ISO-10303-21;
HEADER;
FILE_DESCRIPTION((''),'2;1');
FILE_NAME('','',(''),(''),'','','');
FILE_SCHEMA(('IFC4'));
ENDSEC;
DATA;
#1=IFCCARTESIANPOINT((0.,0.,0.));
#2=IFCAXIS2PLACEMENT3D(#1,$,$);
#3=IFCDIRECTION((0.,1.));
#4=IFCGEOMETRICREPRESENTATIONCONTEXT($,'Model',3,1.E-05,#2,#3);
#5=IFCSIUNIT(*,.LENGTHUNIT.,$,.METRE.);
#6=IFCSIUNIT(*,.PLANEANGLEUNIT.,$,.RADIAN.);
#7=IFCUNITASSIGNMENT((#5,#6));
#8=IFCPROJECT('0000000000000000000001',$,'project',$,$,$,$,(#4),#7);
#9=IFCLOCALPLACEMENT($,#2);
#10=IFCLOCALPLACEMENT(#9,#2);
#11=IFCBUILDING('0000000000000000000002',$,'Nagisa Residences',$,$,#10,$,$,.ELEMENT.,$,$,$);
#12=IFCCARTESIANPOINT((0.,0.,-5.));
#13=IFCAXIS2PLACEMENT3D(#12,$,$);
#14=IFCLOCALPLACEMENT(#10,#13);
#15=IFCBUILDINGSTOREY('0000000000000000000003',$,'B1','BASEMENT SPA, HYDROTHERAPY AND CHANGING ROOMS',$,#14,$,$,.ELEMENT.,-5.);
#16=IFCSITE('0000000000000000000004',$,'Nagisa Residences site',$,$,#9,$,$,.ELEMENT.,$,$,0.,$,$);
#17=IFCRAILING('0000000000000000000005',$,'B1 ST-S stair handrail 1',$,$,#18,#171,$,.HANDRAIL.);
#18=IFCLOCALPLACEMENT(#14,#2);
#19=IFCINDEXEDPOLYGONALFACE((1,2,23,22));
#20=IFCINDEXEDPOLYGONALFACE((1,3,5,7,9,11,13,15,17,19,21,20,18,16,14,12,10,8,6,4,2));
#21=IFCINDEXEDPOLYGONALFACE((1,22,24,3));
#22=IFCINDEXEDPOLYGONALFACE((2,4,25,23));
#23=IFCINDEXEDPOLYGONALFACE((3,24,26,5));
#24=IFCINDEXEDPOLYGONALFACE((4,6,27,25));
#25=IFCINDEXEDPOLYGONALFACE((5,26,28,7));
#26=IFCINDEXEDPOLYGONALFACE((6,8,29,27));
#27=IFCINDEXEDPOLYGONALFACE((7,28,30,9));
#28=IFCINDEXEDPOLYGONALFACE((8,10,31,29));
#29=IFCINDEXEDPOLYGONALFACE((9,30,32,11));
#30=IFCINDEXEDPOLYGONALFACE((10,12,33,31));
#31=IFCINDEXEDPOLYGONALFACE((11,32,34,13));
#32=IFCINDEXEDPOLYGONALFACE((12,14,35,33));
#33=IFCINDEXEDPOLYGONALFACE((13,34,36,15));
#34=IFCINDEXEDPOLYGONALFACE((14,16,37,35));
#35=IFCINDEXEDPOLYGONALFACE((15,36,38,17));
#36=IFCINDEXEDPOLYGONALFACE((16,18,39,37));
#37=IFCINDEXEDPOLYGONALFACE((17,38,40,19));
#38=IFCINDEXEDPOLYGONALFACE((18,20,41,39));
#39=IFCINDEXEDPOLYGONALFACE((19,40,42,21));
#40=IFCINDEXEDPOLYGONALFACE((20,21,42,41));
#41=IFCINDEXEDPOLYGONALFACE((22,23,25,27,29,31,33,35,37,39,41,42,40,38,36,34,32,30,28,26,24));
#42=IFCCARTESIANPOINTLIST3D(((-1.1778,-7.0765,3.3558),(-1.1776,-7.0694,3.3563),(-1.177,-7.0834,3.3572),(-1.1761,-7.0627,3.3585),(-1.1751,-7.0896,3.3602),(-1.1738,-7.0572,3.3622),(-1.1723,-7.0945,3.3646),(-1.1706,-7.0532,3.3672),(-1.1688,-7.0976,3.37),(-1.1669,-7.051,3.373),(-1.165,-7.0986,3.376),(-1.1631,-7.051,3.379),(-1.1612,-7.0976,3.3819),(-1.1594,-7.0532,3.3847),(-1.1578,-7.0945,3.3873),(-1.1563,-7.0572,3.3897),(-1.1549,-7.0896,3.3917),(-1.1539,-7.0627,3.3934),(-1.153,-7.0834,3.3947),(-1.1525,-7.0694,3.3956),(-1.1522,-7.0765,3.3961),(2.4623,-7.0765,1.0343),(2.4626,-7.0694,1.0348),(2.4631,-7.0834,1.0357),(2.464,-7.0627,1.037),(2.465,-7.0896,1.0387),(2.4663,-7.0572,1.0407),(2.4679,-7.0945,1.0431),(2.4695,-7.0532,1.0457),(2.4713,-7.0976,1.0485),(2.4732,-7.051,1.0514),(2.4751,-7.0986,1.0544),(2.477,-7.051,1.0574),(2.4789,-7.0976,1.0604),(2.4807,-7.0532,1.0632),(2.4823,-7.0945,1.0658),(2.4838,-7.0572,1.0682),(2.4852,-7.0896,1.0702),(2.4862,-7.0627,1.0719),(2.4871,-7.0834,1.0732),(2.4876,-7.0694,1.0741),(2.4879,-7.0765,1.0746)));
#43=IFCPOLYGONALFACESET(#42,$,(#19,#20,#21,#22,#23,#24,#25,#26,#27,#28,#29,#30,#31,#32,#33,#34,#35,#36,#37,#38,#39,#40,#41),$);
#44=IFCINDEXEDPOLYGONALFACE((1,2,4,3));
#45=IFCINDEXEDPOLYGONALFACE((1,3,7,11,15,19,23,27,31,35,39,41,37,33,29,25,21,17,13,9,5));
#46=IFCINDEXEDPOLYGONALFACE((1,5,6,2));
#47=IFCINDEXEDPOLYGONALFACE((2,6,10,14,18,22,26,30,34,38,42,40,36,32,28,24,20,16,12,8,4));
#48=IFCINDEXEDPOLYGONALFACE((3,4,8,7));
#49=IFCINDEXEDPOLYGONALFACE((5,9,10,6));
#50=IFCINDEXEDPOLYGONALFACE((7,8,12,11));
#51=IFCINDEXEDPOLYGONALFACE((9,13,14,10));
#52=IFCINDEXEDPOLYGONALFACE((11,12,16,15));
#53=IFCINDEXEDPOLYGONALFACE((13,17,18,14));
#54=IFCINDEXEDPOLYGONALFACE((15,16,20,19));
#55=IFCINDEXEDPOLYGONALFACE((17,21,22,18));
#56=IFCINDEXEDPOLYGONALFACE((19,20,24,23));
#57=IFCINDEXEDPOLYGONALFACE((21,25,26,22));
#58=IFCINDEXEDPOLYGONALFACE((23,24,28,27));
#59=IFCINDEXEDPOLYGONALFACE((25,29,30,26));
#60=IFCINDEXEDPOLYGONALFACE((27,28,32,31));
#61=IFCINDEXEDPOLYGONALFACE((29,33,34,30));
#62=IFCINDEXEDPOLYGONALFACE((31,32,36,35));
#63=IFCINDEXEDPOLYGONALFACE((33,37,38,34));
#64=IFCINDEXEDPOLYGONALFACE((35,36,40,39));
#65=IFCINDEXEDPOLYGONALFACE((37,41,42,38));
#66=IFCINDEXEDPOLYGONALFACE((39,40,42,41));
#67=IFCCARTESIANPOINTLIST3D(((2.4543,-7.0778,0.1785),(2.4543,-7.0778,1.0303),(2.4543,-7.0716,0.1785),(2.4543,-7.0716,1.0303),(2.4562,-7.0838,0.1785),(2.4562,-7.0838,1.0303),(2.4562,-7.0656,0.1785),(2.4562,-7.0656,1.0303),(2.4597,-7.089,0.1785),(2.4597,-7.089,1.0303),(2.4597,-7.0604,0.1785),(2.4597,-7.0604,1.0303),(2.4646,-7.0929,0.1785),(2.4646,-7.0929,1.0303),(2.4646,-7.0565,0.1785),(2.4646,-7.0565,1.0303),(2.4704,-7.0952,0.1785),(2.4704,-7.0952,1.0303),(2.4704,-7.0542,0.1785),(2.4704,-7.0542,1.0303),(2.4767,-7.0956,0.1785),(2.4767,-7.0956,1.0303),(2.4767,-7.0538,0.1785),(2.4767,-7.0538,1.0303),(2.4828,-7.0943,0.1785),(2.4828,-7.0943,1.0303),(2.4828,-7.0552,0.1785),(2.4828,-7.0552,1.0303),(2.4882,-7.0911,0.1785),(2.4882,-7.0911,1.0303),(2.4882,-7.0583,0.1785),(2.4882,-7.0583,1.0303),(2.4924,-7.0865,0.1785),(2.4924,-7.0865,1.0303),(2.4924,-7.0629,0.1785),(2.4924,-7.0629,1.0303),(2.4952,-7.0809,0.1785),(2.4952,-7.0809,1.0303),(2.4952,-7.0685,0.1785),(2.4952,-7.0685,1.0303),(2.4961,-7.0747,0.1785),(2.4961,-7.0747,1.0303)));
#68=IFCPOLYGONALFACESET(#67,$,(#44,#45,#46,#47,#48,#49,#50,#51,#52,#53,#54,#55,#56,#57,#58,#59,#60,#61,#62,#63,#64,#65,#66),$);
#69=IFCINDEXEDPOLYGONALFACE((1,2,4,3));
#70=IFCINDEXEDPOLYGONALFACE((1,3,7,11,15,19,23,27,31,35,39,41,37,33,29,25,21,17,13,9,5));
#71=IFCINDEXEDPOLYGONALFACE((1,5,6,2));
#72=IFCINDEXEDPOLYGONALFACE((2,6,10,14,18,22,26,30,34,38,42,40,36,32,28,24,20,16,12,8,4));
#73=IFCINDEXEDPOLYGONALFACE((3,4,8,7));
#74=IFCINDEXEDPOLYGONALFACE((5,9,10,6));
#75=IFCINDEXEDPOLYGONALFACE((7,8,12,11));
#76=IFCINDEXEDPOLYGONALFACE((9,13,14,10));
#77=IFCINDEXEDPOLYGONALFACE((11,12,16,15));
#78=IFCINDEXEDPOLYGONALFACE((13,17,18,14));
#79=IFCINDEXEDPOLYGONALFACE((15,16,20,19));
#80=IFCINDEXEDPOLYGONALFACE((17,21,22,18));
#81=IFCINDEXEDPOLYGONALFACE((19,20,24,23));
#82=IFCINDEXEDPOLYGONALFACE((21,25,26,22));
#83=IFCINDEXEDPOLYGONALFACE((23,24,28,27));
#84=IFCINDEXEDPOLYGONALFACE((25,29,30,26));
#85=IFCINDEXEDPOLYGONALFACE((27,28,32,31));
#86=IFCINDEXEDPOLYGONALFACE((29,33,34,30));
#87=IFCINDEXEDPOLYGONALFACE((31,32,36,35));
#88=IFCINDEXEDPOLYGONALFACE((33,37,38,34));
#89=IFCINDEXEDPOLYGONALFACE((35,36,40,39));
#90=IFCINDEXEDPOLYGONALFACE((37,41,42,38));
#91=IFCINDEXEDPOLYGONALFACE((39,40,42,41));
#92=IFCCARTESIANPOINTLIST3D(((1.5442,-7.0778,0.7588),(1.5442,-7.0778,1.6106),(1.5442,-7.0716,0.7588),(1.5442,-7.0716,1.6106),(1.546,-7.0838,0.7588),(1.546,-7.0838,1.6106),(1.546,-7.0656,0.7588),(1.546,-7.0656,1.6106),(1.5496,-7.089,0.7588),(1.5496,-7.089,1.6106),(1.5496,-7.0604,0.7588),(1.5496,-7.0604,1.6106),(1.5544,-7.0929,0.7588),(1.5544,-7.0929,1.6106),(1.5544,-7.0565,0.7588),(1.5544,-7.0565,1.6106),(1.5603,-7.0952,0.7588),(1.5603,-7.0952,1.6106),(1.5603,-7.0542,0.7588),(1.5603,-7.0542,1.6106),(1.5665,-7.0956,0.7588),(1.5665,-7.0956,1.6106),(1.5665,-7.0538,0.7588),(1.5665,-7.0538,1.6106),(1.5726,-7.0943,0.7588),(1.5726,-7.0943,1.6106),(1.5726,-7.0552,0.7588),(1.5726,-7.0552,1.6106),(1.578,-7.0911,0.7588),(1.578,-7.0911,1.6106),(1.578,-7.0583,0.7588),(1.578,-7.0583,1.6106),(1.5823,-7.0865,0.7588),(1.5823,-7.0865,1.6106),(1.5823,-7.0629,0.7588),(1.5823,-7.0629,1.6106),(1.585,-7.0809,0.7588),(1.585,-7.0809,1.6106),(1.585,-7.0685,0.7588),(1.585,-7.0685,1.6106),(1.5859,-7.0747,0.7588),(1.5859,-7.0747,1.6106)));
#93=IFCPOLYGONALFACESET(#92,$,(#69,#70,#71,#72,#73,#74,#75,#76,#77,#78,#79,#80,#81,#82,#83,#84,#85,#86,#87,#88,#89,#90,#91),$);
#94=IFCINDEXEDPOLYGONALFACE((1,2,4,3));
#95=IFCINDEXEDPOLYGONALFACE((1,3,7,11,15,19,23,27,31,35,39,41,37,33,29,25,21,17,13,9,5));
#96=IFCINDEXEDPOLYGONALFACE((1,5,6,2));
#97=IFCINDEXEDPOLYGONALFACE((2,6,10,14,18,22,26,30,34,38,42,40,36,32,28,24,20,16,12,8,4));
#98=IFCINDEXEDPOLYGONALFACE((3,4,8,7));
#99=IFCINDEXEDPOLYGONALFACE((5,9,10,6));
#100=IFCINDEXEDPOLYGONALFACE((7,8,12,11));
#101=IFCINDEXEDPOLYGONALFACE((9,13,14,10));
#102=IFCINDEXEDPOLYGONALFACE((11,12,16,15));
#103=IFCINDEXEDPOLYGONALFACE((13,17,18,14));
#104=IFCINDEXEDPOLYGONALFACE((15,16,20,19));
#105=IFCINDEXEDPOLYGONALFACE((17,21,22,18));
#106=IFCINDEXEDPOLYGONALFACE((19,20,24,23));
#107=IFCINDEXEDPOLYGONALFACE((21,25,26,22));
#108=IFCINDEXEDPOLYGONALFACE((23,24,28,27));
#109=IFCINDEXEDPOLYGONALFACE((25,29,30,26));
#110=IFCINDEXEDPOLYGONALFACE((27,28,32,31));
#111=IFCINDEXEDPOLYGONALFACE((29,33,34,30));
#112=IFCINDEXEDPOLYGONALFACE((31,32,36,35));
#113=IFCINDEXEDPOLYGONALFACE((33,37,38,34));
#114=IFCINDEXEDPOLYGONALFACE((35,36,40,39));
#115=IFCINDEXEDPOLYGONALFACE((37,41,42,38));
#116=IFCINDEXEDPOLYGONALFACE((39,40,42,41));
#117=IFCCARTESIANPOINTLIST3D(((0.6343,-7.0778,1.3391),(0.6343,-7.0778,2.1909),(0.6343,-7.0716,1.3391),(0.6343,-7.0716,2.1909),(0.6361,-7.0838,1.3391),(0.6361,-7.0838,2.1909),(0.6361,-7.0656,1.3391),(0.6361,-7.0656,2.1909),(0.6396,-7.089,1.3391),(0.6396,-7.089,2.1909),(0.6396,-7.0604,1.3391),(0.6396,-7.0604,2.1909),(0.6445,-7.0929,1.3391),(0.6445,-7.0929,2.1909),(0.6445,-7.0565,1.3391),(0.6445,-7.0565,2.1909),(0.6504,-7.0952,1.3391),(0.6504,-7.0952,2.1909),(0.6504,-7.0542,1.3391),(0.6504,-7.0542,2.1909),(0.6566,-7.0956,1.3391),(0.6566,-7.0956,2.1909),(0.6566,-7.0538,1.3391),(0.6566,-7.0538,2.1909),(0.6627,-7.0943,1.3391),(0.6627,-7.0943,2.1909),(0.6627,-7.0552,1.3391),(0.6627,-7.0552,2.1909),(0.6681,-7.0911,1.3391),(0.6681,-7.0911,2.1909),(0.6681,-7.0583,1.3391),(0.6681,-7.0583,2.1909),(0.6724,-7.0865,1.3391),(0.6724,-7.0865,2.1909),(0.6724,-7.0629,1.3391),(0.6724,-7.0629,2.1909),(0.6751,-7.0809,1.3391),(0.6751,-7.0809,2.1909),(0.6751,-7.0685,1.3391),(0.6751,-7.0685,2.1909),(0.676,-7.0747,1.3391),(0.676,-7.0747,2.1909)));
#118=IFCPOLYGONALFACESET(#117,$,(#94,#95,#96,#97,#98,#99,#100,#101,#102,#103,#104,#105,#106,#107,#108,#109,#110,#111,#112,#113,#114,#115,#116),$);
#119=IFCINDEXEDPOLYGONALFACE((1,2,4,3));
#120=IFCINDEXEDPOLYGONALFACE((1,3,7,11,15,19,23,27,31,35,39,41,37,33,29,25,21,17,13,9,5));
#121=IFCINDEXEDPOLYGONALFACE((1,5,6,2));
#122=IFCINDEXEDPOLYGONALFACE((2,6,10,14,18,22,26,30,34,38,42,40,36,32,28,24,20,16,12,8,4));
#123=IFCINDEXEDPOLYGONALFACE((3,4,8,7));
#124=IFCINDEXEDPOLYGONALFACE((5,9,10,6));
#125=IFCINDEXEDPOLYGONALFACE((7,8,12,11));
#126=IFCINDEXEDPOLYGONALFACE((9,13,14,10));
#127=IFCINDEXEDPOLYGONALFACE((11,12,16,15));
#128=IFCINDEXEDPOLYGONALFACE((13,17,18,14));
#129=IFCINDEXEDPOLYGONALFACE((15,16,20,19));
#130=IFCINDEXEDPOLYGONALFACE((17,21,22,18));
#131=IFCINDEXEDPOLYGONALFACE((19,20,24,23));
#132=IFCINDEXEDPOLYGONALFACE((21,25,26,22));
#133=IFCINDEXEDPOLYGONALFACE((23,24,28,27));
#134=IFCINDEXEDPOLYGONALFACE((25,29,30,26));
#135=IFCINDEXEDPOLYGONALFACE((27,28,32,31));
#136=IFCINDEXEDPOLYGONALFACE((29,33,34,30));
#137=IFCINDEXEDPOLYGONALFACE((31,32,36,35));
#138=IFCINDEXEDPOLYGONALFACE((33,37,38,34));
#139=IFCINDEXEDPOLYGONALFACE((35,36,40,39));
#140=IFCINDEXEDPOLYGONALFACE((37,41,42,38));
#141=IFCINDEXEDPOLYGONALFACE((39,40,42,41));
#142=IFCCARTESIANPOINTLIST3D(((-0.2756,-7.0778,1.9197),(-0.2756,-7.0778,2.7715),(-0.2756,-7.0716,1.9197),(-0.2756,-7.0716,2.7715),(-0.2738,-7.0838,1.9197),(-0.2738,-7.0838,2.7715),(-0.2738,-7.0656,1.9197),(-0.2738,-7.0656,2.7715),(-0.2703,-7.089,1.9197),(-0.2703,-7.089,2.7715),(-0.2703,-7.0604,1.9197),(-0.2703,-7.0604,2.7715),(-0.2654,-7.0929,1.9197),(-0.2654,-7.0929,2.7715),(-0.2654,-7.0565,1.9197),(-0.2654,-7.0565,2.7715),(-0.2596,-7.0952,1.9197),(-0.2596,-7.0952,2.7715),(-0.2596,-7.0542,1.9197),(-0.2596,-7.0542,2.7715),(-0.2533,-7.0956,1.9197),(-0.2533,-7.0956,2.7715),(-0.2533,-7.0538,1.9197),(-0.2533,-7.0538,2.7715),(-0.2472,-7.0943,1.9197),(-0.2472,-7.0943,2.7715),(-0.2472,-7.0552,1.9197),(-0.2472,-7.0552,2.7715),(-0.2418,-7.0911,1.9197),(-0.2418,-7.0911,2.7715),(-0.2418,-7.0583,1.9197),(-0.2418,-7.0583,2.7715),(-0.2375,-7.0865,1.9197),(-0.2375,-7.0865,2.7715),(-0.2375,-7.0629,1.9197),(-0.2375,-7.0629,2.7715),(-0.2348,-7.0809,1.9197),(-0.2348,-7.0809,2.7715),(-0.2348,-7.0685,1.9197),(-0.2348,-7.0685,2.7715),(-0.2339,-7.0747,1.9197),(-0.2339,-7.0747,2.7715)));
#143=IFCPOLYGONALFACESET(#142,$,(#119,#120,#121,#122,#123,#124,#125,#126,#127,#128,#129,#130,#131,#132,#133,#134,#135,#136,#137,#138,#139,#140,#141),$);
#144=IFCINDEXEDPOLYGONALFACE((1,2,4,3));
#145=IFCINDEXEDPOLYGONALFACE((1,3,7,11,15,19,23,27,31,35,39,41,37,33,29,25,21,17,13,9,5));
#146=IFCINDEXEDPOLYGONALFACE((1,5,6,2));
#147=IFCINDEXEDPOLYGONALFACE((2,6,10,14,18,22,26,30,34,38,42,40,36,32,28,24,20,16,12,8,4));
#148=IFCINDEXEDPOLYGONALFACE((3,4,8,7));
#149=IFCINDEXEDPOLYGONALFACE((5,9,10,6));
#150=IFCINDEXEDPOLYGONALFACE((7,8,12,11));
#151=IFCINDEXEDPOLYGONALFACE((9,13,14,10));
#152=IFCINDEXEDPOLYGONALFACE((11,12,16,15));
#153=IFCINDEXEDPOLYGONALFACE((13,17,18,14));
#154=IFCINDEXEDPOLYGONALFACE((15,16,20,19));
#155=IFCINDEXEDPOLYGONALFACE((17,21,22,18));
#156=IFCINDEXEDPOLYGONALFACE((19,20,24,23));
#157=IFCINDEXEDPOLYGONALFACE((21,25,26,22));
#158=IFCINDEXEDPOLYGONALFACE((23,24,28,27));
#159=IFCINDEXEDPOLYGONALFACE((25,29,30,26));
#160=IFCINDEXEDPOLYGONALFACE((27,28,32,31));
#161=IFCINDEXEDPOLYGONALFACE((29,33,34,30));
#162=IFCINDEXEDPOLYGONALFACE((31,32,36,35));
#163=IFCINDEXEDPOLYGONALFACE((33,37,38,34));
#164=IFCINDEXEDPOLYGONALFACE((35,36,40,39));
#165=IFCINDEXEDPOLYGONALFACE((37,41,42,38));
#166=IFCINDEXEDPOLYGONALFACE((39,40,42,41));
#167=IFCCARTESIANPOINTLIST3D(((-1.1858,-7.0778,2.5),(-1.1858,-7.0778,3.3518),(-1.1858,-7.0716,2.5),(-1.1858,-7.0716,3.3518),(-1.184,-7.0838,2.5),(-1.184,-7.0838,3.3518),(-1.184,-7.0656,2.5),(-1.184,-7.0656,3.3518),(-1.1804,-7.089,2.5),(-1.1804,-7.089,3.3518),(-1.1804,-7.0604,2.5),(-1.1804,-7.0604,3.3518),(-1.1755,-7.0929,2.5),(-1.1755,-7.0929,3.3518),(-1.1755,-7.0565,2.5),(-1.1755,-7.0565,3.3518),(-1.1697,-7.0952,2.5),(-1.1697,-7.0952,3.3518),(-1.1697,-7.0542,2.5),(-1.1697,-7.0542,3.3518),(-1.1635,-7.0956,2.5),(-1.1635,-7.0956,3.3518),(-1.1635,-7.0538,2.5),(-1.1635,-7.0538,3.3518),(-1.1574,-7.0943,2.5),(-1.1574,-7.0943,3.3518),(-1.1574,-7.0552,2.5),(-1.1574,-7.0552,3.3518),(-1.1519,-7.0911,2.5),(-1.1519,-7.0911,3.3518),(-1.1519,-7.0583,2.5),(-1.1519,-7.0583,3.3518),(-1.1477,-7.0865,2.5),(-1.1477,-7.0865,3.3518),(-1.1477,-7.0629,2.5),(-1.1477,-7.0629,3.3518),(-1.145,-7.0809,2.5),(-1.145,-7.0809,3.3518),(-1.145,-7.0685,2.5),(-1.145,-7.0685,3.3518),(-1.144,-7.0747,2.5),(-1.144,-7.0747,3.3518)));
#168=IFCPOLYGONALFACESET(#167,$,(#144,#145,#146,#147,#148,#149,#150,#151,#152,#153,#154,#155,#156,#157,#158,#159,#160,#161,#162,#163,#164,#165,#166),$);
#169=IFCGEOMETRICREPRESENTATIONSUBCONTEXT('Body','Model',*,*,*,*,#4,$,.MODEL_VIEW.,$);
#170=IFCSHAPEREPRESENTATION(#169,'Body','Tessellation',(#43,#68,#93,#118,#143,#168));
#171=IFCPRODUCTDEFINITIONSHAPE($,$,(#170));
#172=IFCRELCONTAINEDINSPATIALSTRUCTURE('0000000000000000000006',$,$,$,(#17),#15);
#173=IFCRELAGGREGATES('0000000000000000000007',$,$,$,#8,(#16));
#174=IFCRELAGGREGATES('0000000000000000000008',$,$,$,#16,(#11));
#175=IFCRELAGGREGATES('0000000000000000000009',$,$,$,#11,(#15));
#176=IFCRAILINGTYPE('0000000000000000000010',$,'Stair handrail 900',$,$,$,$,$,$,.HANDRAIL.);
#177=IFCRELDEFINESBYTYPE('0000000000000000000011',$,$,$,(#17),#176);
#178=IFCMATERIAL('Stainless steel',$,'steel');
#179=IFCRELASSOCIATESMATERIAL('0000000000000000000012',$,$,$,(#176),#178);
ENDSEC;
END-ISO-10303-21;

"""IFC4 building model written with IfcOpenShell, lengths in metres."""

from ifc_helpers import new_model, si_unit, direction, frame, origin, origin_2d, place, context, subcontext, project, spatial, circle, extrude, material, type_object, element, save


model = new_model("IFC4")

# Units and contexts
model_context = context("Model", 3, precision=1e-05, world=origin(), true_north=direction((0.0, 1.0)))
body_context = subcontext(model_context, "Body", "Model", "MODEL_VIEW")
ifc_project = project(units=[si_unit("LENGTHUNIT", "METRE"), si_unit("PLANEANGLEUNIT", "RADIAN")], contexts=[model_context])

# Site, building, storey
site_placement = place(None, origin())
site = spatial("IfcSite", under=ifc_project, at=site_placement, Name="Nagisa Residences site", CompositionType="ELEMENT", RefElevation=0.0)
building_placement = place(site_placement, origin())
building = spatial("IfcBuilding", under=site, at=building_placement, Name="Nagisa Residences", CompositionType="ELEMENT")
storey_placement = place(building_placement, frame((0.0, 0.0, -5.0)))
storey = spatial("IfcBuildingStorey", under=building, at=storey_placement, Name="B1", Description="BASEMENT SPA, HYDROTHERAPY AND CHANGING ROOMS", CompositionType="ELEMENT", Elevation=-5.0)

# Railing
ifc_material_1 = material(Name="Stainless steel", Category="steel")
railing_type_1 = type_object("IfcRailingType", Name="Stair handrail 900", PredefinedType="HANDRAIL", material=ifc_material_1)
railing_1_placement = place(storey_placement, frame((2.4751, -7.0747, 0.1785)))
element("IfcRailing", 1, at=railing_1_placement, inside=storey, type_object=railing_type_1, Name="B1 ST-S stair handrail 1", PredefinedType="HANDRAIL", context=body_context, shape_type="SweptSolid", body=[
    extrude(circle(Radius=0.0239, at=origin_2d()), frame((0.0, 0.0, 0.876), z_axis=(-0.843128, 0.0, 0.537713), x_axis=(0.0, -1.0, 0.0)), (0.0, 0.0, 1.0), 4.3174),
    extrude(circle(Radius=0.021, at=origin_2d()), origin(), (0.0, 0.0, 1.0), 0.8518),
    extrude(circle(Radius=0.021, at=origin_2d()), frame((-0.9102, 0.0, 0.5803)), (0.0, 0.0, 1.0), 0.8518),
    extrude(circle(Radius=0.021, at=origin_2d()), frame((-1.8201, 0.0, 1.1606)), (0.0, 0.0, 1.0), 0.8518),
    extrude(circle(Radius=0.021, at=origin_2d()), frame((-2.73, 0.0, 1.7412)), (0.0, 0.0, 1.0), 0.8518),
    extrude(circle(Radius=0.021, at=origin_2d()), frame((-3.6401, 0.0, 2.3215)), (0.0, 0.0, 1.0), 0.8518),
])

save(model, "model.ifc")
